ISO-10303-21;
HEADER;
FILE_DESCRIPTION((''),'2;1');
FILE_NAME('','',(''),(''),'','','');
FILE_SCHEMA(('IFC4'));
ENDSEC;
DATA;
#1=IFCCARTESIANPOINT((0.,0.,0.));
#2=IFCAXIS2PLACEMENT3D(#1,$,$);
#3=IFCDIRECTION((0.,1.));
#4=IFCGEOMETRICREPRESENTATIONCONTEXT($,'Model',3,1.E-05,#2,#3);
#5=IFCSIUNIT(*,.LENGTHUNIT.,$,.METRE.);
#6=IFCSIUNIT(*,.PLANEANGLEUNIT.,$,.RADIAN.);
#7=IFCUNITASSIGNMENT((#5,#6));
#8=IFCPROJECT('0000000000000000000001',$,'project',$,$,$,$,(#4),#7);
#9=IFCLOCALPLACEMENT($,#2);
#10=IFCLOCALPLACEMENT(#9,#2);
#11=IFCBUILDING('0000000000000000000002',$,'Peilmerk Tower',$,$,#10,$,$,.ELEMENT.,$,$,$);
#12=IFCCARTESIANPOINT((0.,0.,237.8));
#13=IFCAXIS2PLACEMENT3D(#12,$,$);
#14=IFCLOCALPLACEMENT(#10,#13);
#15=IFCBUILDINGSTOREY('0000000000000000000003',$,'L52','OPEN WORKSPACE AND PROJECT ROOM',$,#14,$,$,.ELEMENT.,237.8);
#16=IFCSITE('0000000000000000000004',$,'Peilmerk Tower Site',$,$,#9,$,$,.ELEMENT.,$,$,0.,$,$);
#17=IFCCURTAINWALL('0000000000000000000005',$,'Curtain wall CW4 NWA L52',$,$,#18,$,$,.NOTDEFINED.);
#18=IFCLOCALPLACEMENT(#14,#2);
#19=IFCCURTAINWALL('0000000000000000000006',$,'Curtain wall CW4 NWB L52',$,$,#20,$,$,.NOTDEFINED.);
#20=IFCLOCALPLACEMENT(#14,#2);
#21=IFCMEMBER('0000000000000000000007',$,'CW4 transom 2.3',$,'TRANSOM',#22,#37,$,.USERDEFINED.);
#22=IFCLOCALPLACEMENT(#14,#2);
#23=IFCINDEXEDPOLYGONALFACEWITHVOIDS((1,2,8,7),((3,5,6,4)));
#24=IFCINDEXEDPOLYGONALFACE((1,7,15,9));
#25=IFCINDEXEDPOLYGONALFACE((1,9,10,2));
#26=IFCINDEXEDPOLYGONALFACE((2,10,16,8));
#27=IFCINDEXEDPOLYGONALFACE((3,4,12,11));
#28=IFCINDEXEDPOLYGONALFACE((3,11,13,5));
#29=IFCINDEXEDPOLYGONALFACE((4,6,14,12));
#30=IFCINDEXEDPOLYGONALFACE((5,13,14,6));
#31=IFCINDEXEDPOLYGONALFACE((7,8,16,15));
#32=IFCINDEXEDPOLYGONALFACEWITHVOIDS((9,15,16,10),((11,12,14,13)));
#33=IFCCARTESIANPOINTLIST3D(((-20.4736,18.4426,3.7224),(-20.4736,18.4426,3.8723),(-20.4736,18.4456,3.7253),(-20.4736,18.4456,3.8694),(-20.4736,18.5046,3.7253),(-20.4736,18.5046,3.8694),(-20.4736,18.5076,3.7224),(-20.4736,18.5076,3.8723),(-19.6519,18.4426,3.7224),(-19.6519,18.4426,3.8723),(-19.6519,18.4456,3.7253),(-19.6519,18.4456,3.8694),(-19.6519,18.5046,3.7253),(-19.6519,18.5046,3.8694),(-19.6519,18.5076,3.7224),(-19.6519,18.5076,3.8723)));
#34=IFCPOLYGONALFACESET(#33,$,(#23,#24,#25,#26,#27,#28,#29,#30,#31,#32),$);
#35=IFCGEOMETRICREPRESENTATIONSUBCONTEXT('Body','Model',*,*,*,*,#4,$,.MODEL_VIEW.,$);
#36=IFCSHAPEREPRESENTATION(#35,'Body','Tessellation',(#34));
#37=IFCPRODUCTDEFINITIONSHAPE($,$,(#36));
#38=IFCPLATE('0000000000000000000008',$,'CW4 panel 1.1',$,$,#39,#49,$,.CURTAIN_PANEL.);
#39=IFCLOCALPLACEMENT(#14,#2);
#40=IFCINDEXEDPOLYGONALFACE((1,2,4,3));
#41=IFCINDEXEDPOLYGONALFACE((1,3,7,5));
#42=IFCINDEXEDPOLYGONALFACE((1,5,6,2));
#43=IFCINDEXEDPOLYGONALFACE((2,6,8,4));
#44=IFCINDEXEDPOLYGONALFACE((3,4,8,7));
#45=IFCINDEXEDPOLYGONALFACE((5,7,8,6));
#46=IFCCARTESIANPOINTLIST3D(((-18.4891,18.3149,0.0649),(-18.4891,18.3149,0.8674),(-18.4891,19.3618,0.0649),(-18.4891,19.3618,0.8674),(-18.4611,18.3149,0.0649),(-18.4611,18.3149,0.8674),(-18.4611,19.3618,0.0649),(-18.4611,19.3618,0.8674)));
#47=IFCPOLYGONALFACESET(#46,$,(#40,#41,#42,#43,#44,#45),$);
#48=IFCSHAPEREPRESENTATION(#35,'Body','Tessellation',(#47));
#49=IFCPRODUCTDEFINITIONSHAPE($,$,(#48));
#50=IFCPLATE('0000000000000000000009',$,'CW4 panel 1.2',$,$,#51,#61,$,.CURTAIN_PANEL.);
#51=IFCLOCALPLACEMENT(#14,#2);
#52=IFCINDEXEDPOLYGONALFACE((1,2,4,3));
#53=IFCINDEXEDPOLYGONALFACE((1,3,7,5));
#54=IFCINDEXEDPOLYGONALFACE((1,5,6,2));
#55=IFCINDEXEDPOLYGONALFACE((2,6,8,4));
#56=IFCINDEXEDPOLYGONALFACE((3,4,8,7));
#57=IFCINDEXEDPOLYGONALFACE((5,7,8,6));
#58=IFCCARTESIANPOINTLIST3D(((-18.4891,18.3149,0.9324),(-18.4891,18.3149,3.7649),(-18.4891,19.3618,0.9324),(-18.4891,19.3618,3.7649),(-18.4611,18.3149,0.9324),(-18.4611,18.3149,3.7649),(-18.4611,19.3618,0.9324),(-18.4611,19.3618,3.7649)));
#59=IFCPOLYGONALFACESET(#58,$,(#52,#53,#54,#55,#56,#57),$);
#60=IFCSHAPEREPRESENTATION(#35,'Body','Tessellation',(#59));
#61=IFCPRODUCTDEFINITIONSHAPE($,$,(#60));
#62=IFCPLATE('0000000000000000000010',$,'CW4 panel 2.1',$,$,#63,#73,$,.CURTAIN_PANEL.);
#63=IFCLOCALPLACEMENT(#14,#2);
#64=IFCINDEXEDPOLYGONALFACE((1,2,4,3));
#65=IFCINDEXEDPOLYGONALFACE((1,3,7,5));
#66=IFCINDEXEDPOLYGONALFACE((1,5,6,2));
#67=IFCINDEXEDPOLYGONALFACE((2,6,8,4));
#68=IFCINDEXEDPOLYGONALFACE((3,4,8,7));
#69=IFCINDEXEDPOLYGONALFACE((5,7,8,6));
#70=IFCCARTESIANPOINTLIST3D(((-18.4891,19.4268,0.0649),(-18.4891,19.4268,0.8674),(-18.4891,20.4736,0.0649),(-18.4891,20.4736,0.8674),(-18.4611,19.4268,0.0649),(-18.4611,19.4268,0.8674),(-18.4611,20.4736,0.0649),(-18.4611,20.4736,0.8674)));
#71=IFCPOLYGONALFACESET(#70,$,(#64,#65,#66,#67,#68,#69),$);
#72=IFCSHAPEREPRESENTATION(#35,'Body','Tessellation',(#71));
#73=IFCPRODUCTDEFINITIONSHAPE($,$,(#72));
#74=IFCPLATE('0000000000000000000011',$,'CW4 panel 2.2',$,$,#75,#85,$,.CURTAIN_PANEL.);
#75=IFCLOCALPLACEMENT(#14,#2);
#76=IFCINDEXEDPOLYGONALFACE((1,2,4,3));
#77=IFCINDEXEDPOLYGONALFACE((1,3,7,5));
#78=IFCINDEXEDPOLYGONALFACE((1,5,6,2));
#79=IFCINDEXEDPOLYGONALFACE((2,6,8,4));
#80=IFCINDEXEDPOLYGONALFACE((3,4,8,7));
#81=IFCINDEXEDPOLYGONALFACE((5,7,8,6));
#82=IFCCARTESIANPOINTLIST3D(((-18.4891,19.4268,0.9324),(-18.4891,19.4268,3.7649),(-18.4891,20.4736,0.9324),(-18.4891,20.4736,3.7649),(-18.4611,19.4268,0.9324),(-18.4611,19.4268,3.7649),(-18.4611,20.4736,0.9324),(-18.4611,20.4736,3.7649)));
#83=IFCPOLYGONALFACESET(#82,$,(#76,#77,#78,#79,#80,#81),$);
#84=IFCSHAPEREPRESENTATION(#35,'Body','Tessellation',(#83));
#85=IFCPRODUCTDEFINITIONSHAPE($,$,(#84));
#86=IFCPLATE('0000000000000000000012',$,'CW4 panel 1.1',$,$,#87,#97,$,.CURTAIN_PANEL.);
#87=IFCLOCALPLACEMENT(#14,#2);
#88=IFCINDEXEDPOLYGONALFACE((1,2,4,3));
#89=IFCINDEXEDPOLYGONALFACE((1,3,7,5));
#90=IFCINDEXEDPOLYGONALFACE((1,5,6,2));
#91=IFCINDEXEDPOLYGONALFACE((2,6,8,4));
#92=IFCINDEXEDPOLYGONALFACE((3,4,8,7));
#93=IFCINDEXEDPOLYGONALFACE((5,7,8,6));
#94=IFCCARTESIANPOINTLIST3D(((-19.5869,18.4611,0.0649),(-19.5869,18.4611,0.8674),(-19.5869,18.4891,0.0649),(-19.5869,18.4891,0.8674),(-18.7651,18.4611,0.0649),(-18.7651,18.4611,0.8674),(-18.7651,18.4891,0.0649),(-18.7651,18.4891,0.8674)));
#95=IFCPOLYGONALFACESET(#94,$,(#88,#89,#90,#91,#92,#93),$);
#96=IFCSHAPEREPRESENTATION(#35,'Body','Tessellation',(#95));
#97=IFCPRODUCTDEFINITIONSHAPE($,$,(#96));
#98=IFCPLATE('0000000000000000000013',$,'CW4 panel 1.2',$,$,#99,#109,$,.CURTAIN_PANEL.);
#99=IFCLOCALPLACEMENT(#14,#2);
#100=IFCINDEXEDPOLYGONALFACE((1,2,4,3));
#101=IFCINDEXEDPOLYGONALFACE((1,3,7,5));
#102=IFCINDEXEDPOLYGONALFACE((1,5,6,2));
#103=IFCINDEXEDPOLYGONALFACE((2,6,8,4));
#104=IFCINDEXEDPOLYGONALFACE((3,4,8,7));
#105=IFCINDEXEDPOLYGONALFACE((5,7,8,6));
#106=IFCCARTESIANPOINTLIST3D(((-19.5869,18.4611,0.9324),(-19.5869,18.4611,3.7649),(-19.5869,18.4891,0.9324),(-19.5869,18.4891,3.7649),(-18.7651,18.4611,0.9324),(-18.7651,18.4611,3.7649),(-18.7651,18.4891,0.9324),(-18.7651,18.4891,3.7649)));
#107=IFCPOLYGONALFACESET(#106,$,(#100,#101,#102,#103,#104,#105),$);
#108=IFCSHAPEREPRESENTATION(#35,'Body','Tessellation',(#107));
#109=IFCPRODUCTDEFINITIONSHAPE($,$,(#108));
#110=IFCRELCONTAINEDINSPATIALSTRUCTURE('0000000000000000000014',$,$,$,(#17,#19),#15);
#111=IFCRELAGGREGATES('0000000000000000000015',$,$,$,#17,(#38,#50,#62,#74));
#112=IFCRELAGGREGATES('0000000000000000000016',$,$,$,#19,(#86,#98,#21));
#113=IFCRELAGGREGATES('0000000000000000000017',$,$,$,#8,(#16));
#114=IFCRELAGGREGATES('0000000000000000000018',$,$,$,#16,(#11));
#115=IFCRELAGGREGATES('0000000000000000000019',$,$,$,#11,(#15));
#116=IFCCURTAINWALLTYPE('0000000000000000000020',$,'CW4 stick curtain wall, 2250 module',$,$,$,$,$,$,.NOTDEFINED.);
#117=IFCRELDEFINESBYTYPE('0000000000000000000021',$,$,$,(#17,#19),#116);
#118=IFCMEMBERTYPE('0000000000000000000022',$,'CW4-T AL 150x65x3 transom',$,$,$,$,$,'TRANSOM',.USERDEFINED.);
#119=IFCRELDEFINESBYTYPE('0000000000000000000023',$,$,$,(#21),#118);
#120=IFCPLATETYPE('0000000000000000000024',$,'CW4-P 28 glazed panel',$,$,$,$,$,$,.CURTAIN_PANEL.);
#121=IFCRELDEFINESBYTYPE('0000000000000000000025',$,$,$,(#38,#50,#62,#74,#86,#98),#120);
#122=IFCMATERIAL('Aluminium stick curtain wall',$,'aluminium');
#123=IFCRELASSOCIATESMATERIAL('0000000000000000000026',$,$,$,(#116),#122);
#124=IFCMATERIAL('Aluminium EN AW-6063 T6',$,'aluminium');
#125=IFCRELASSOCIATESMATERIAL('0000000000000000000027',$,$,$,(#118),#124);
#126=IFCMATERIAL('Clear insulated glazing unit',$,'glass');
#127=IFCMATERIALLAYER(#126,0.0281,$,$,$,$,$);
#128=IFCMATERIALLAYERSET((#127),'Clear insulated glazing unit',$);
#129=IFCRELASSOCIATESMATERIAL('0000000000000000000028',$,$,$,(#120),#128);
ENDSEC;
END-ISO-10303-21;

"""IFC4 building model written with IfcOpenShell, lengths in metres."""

from ifc_helpers import new_model, si_unit, direction, frame, origin, origin_2d, place, context, subcontext, project, spatial, rectangle, hollow_rectangle, extrude, material, layer, layer_set, material_profile, profile_set, type_object, element, aggregate, save


model = new_model("IFC4")

# Units and contexts
model_context = context("Model", 3, precision=1e-05, world=origin(), true_north=direction((0.0, 1.0)))
body_context = subcontext(model_context, "Body", "Model", "MODEL_VIEW")
ifc_project = project(units=[si_unit("LENGTHUNIT", "METRE"), si_unit("PLANEANGLEUNIT", "RADIAN")], contexts=[model_context])

# Site, building, storey
site_placement = place(None, origin())
site = spatial("IfcSite", under=ifc_project, at=site_placement, Name="Peilmerk Tower Site", CompositionType="ELEMENT", RefElevation=0.0)
building_placement = place(site_placement, origin())
building = spatial("IfcBuilding", under=site, at=building_placement, Name="Peilmerk Tower", CompositionType="ELEMENT")
storey_placement = place(building_placement, frame((0.0, 0.0, 237.8)))
storey = spatial("IfcBuildingStorey", under=building, at=storey_placement, Name="L52", Description="OPEN WORKSPACE AND PROJECT ROOM", CompositionType="ELEMENT", Elevation=237.8)

# Curtain walls
ifc_material_1 = material(Name="Aluminium stick curtain wall", Category="aluminium")
curtain_wall_type = type_object("IfcCurtainWallType", Name="CW4 stick curtain wall, 2250 module", PredefinedType="NOTDEFINED", material=ifc_material_1)
curtain_wall_1_placement = place(storey_placement, origin())
curtain_wall_1 = element("IfcCurtainWall", 1, at=curtain_wall_1_placement, inside=storey, type_object=curtain_wall_type, Name="Curtain wall CW4 NWA L52", PredefinedType="NOTDEFINED")
ifc_material_2 = material(Name="Aluminium EN AW-6063 T6", Category="aluminium")
curtain_wall_2_placement = place(storey_placement, origin())
curtain_wall_2 = element("IfcCurtainWall", 2, at=curtain_wall_2_placement, inside=storey, type_object=curtain_wall_type, Name="Curtain wall CW4 NWB L52", PredefinedType="NOTDEFINED")

# Member
ifc_material_profile_1 = material_profile(ifc_material_2, hollow_rectangle(XDim=0.0649, YDim=0.1499, WallThickness=0.0029, at=origin_2d()), Name="AL 150x65x3")
ifc_profile_set_1 = profile_set([ifc_material_profile_1], Name="Aluminium EN AW-6063 T6")
member_type_1 = type_object("IfcMemberType", Name="CW4-T AL 150x65x3 transom", ElementType="TRANSOM", PredefinedType="USERDEFINED", material=ifc_profile_set_1)
member_1_placement = place(storey_placement, frame((-19.6519, 18.4751, 3.7974), z_axis=(-1.0, 0.0, 0.0), x_axis=(0.0, -1.0, 0.0)))
member_1 = element("IfcMember", 3, at=member_1_placement, type_object=member_type_1, Name="CW4 transom 2.3", ObjectType="TRANSOM", PredefinedType="USERDEFINED", context=body_context, shape_type="SweptSolid", body=[
    extrude(hollow_rectangle(XDim=0.0649, YDim=0.1499, WallThickness=0.0029, at=origin_2d()), origin(), (0.0, 0.0, 1.0), 0.8218),
])

# Plates
ifc_material_3 = material(Name="Clear insulated glazing unit", Category="glass")
ifc_layer_1 = layer(ifc_material_3, 0.0281)
ifc_layer_set_1 = layer_set([ifc_layer_1], Name="Clear insulated glazing unit")
plate_type = type_object("IfcPlateType", Name="CW4-P 28 glazed panel", PredefinedType="CURTAIN_PANEL", material=ifc_layer_set_1)
plate_1_placement = place(storey_placement, frame((-18.4751, 18.8384, 0.0649), z_axis=(0.0, 0.0, 1.0), x_axis=(0.0, 1.0, 0.0)))
plate_1 = element("IfcPlate", 4, at=plate_1_placement, type_object=plate_type, Name="CW4 panel 1.1", PredefinedType="CURTAIN_PANEL", context=body_context, shape_type="SweptSolid", body=[
    extrude(rectangle(XDim=1.0469, YDim=0.0281, at=origin_2d()), origin(), (0.0, 0.0, 1.0), 0.8025),
])
plate_2_placement = place(storey_placement, frame((-18.4751, 18.8384, 0.9324), z_axis=(0.0, 0.0, 1.0), x_axis=(0.0, 1.0, 0.0)))
plate_2 = element("IfcPlate", 5, at=plate_2_placement, type_object=plate_type, Name="CW4 panel 1.2", PredefinedType="CURTAIN_PANEL", context=body_context, shape_type="SweptSolid", body=[
    extrude(rectangle(XDim=1.0469, YDim=0.0281, at=origin_2d()), origin(), (0.0, 0.0, 1.0), 2.8325),
])
plate_3_placement = place(storey_placement, frame((-18.4751, 19.9502, 0.0649), z_axis=(0.0, 0.0, 1.0), x_axis=(0.0, 1.0, 0.0)))
plate_3 = element("IfcPlate", 6, at=plate_3_placement, type_object=plate_type, Name="CW4 panel 2.1", PredefinedType="CURTAIN_PANEL", context=body_context, shape_type="SweptSolid", body=[
    extrude(rectangle(XDim=1.0469, YDim=0.0281, at=origin_2d()), origin(), (0.0, 0.0, 1.0), 0.8025),
])
plate_4_placement = place(storey_placement, frame((-18.4751, 19.9502, 0.9324), z_axis=(0.0, 0.0, 1.0), x_axis=(0.0, 1.0, 0.0)))
plate_4 = element("IfcPlate", 7, at=plate_4_placement, type_object=plate_type, Name="CW4 panel 2.2", PredefinedType="CURTAIN_PANEL", context=body_context, shape_type="SweptSolid", body=[
    extrude(rectangle(XDim=1.0469, YDim=0.0281, at=origin_2d()), origin(), (0.0, 0.0, 1.0), 2.8325),
])
aggregate(curtain_wall_1, [plate_1, plate_2, plate_3, plate_4])
plate_5_placement = place(storey_placement, frame((-19.176, 18.4751, 0.0649), z_axis=(0.0, 0.0, 1.0), x_axis=(-1.0, 0.0, 0.0)))
plate_5 = element("IfcPlate", 8, at=plate_5_placement, type_object=plate_type, Name="CW4 panel 1.1", PredefinedType="CURTAIN_PANEL", context=body_context, shape_type="SweptSolid", body=[
    extrude(rectangle(XDim=0.8218, YDim=0.0281, at=origin_2d()), origin(), (0.0, 0.0, 1.0), 0.8025),
])
plate_6_placement = place(storey_placement, frame((-19.176, 18.4751, 0.9324), z_axis=(0.0, 0.0, 1.0), x_axis=(-1.0, 0.0, 0.0)))
plate_6 = element("IfcPlate", 9, at=plate_6_placement, type_object=plate_type, Name="CW4 panel 1.2", PredefinedType="CURTAIN_PANEL", context=body_context, shape_type="SweptSolid", body=[
    extrude(rectangle(XDim=0.8218, YDim=0.0281, at=origin_2d()), origin(), (0.0, 0.0, 1.0), 2.8325),
])
aggregate(curtain_wall_2, [plate_5, plate_6, member_1])

save(model, "model.ifc")
